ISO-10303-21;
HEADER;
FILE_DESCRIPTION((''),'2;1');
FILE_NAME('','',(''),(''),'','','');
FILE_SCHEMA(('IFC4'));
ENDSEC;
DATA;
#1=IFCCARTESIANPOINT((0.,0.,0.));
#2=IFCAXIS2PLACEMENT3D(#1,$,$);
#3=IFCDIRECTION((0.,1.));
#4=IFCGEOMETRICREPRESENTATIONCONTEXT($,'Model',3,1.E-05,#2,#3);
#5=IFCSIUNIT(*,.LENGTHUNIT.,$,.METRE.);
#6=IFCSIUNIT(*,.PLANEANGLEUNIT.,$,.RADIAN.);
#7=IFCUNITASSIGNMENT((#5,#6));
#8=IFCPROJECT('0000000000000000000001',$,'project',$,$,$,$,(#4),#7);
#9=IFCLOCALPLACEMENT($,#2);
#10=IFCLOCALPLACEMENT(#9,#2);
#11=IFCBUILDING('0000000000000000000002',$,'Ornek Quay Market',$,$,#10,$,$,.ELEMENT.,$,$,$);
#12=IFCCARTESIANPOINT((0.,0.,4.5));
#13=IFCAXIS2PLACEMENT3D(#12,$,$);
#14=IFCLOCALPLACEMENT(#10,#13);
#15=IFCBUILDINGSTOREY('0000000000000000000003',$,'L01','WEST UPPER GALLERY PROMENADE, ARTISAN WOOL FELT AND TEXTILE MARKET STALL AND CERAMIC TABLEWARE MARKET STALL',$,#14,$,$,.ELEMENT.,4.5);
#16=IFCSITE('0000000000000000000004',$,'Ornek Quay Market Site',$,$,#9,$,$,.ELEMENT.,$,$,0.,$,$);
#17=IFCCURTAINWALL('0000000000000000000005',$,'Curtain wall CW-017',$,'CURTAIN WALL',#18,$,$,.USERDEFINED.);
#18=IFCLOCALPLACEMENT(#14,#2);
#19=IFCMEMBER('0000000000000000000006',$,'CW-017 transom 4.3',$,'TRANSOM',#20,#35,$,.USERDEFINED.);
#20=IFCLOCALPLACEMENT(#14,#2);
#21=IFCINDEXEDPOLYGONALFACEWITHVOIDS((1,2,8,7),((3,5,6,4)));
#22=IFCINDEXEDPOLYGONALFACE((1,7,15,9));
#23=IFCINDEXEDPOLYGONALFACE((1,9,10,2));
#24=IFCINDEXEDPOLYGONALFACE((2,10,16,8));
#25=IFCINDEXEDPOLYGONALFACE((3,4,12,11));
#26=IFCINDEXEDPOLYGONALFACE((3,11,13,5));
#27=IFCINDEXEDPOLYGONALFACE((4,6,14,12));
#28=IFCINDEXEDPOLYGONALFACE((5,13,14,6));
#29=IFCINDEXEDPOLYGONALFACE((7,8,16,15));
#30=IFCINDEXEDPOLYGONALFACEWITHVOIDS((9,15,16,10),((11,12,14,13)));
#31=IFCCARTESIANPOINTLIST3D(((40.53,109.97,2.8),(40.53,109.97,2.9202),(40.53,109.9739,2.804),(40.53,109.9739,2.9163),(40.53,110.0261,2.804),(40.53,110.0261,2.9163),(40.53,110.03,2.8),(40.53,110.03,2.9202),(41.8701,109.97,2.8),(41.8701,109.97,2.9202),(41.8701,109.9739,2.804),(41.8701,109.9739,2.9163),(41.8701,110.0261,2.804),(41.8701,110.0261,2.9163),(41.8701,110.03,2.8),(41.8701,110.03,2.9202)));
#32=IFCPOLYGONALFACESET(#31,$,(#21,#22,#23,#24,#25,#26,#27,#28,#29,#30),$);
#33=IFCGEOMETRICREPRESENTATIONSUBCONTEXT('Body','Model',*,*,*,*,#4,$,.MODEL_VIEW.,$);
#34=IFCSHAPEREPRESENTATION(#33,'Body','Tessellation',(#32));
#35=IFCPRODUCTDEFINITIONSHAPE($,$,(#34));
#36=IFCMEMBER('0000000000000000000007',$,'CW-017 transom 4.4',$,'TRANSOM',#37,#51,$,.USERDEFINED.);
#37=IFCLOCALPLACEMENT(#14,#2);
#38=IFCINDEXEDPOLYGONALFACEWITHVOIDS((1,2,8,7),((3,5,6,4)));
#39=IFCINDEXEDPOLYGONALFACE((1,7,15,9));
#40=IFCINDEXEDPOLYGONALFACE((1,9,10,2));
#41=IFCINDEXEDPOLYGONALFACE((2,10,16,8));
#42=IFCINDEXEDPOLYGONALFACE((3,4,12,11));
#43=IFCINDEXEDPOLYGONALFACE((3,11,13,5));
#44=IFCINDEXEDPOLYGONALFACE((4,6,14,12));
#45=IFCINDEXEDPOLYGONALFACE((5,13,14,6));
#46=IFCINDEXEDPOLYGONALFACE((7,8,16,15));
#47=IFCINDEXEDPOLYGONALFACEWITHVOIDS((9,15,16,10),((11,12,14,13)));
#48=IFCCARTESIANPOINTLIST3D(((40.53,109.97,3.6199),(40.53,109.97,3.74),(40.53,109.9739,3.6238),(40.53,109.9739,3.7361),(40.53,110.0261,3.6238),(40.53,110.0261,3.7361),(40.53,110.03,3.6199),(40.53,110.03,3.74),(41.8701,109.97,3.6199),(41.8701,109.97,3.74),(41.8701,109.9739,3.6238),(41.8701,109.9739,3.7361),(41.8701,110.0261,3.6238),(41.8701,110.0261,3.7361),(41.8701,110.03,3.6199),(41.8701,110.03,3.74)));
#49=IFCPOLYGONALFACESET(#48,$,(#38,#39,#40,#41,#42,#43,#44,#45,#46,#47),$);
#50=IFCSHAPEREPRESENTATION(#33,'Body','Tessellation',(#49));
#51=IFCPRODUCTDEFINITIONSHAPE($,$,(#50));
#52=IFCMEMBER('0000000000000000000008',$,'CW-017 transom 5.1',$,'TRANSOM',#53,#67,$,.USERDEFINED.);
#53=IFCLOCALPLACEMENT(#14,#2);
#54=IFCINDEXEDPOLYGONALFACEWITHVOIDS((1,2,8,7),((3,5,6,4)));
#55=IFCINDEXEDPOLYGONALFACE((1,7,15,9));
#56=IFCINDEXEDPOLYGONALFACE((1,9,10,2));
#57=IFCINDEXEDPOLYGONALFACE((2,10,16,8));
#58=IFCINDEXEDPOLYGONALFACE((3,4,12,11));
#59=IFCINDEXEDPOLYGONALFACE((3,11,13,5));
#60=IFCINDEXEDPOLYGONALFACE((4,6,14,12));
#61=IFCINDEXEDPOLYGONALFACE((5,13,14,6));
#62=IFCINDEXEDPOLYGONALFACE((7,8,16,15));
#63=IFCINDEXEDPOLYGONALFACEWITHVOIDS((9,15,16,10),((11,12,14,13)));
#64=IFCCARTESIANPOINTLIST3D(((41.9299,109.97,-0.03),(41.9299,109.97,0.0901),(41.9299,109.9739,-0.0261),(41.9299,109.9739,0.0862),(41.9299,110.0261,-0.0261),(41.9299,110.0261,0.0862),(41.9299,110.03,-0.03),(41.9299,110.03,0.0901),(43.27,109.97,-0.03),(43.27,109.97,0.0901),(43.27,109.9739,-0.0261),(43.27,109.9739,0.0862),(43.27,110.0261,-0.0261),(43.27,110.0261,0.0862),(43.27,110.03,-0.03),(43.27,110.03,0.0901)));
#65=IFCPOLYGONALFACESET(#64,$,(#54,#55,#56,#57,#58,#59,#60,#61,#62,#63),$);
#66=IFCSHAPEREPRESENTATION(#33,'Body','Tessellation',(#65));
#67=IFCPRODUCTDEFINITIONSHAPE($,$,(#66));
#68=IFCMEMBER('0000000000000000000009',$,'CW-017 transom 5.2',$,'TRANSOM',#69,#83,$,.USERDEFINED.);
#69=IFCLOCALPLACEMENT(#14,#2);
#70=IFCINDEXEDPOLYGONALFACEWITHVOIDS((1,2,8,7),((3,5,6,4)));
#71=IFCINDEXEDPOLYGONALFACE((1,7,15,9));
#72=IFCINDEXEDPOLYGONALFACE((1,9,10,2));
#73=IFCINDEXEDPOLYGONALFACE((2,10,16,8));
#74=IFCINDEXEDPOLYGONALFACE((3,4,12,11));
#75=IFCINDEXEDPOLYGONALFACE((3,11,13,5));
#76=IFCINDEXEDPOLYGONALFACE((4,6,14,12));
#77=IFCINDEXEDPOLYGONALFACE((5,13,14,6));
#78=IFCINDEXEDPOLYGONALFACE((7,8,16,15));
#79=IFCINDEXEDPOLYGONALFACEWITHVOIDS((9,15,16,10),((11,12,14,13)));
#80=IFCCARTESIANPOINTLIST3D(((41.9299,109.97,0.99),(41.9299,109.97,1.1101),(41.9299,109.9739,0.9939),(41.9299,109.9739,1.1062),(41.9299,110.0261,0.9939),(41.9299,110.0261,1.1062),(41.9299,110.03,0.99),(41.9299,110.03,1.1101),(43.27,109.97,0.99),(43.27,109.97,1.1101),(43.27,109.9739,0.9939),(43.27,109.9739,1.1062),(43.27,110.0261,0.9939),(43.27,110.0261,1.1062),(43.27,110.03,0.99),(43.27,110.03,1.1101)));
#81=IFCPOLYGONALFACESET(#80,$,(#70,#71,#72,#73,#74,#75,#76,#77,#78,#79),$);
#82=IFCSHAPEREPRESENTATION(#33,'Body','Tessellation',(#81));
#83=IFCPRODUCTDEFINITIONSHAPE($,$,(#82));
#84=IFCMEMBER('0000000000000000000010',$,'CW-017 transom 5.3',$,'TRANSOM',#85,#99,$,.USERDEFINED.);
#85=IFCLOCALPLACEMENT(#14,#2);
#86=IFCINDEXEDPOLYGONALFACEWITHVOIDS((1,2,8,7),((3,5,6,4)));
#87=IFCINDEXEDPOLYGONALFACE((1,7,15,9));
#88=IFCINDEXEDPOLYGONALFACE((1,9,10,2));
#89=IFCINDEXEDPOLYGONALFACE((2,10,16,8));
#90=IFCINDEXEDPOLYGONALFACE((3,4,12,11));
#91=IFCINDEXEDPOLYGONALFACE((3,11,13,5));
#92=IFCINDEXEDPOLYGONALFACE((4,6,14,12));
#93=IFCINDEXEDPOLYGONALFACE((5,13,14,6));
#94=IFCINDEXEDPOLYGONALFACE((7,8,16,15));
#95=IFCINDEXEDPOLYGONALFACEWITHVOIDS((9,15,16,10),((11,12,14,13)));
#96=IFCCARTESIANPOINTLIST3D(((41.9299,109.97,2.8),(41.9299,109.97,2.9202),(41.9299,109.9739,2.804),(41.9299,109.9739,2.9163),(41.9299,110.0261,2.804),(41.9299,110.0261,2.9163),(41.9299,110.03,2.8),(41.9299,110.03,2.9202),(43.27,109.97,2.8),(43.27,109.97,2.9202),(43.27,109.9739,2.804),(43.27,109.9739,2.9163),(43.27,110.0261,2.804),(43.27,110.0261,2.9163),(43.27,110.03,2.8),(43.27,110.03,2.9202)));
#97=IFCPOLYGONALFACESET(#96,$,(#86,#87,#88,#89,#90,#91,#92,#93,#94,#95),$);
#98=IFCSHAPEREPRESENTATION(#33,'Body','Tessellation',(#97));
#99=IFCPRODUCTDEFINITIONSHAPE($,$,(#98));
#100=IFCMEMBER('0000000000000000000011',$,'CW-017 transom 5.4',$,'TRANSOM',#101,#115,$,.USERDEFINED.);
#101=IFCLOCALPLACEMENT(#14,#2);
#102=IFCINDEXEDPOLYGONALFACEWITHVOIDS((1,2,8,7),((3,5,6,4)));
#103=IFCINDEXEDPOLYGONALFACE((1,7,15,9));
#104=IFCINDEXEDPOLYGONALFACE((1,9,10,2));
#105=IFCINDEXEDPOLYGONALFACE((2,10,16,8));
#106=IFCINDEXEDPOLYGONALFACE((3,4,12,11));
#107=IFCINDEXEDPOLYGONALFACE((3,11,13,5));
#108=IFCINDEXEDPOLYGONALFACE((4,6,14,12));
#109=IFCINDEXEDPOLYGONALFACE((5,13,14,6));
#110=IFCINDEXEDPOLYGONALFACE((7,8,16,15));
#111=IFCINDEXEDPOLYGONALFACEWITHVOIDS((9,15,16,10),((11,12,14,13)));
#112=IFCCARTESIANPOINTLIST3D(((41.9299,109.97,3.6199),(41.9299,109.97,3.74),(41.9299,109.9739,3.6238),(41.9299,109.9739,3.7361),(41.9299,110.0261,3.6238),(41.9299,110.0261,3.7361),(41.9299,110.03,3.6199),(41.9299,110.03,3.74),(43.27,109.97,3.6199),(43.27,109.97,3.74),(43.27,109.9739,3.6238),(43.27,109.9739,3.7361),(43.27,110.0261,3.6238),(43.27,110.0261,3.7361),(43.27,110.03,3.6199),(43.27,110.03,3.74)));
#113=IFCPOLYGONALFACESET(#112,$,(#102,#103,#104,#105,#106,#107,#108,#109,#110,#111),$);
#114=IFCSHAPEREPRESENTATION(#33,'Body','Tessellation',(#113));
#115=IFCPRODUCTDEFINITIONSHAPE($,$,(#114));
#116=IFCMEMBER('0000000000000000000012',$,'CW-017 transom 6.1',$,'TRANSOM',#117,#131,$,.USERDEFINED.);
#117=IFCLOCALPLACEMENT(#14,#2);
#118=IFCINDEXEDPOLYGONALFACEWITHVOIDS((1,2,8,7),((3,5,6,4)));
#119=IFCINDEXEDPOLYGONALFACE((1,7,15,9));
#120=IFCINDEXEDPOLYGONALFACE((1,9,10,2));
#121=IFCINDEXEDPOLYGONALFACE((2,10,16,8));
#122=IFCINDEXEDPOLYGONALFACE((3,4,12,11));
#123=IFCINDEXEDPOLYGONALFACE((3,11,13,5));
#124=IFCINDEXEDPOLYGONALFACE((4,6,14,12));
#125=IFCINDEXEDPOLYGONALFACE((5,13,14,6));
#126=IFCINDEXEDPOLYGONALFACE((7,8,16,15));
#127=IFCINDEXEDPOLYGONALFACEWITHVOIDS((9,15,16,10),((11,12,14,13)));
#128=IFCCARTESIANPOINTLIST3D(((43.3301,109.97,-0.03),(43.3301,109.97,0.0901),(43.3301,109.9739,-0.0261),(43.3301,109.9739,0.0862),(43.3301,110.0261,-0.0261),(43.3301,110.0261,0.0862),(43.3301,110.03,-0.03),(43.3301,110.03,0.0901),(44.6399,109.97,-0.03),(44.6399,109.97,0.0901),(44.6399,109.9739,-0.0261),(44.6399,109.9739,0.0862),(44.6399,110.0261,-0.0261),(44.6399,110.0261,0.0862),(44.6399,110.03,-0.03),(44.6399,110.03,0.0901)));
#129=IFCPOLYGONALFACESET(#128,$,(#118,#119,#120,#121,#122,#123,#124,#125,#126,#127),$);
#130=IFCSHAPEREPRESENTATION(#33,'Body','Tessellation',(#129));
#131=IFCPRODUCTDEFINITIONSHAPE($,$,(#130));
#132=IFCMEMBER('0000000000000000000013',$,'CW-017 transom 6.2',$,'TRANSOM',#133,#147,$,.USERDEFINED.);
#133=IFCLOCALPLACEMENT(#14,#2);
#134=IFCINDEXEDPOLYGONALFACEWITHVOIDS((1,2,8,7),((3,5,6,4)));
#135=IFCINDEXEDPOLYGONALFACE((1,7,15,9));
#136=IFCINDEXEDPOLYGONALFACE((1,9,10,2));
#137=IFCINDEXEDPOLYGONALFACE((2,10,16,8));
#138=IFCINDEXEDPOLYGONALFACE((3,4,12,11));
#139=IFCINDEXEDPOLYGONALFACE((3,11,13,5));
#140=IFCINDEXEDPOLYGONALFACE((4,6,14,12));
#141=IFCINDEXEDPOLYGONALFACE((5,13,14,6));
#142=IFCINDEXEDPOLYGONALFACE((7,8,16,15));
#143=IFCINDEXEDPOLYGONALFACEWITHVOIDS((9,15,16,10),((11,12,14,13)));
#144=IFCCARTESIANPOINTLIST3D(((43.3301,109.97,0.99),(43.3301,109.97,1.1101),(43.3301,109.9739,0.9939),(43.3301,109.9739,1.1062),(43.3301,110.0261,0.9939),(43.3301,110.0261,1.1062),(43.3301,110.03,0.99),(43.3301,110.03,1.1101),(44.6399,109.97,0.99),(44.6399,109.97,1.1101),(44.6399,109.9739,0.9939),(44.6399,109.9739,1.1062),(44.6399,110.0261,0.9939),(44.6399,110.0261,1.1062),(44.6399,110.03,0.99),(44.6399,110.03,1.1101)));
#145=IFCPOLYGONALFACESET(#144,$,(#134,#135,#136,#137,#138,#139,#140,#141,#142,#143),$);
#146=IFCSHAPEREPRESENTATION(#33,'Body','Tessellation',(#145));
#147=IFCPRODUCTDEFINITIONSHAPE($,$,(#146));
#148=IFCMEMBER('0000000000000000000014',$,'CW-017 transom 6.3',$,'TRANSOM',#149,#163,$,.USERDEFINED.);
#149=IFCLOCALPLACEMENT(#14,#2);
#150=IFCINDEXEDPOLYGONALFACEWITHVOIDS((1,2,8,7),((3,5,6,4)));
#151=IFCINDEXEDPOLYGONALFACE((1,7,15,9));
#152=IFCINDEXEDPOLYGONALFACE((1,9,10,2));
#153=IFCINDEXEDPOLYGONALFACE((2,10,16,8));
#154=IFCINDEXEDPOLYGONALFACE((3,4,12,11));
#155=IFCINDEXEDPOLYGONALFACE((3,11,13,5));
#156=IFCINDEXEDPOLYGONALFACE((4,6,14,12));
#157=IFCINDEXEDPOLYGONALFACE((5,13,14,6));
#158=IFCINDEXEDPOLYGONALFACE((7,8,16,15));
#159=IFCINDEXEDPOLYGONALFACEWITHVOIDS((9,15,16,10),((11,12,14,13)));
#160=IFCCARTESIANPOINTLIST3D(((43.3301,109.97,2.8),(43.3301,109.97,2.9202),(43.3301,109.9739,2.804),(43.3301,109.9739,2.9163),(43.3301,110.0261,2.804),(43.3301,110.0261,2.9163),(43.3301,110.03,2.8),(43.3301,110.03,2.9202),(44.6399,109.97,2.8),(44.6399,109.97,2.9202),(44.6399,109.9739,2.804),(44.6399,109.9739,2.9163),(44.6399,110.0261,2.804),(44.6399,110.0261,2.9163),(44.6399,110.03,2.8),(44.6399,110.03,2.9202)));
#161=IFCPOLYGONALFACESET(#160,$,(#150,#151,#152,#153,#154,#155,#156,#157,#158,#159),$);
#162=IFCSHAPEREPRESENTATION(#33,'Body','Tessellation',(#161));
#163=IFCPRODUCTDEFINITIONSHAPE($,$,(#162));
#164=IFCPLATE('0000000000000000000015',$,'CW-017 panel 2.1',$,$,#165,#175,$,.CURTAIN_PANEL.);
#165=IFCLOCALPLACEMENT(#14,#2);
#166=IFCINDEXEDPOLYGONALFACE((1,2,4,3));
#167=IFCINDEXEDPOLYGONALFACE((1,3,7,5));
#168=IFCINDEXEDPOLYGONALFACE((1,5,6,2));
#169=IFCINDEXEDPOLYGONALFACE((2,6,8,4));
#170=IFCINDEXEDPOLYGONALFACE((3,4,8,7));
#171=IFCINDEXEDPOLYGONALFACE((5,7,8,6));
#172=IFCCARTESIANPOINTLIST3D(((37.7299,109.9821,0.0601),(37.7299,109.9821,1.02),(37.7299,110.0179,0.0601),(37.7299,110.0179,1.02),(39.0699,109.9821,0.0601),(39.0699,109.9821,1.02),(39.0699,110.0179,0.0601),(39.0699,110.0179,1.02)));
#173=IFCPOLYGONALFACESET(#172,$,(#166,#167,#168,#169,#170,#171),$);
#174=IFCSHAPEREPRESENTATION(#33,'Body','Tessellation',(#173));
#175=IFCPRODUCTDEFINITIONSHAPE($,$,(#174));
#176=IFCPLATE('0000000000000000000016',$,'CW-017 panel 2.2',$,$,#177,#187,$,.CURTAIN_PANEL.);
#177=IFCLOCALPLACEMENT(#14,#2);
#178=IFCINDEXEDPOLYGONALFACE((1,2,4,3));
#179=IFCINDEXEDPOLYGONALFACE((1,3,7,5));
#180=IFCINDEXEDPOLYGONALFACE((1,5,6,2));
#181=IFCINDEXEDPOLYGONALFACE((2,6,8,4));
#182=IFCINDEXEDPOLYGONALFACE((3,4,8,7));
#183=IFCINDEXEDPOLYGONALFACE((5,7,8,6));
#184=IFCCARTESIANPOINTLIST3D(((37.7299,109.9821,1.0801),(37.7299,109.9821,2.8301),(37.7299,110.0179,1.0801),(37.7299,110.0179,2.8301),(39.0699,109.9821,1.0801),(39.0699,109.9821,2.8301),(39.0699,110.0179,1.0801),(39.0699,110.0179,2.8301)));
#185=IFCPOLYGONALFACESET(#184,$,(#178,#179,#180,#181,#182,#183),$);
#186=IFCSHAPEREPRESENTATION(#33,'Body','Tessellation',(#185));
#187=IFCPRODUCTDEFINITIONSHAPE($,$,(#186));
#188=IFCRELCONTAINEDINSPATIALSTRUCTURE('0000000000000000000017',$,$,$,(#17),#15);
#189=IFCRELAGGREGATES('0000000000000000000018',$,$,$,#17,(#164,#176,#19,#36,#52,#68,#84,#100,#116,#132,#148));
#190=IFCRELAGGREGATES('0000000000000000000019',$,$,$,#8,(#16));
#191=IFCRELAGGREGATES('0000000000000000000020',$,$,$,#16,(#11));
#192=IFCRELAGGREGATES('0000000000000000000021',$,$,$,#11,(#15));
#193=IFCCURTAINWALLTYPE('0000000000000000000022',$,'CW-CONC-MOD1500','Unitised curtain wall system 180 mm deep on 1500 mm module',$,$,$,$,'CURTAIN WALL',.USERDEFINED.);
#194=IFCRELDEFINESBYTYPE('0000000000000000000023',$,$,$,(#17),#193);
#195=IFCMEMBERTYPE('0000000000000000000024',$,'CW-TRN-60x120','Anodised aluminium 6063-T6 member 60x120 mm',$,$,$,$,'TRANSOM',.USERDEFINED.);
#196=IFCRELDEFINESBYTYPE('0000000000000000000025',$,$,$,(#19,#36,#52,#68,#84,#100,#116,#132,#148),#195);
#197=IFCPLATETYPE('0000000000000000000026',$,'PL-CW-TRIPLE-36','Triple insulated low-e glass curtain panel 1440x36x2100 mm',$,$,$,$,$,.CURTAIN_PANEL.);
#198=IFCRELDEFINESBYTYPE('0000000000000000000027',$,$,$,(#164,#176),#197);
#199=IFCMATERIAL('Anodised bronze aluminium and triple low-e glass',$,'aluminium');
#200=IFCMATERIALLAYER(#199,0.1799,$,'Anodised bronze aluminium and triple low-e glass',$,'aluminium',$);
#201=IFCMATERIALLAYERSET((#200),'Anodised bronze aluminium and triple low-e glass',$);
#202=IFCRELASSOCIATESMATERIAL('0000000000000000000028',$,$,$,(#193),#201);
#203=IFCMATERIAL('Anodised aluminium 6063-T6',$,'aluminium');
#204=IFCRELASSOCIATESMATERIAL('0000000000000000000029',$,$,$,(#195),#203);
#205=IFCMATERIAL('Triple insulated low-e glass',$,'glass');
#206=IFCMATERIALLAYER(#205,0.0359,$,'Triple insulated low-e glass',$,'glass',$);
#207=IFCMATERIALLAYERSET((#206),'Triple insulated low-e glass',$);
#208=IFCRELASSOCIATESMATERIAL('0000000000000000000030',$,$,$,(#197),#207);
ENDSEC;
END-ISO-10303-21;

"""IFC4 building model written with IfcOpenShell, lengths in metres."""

from ifc_helpers import new_model, si_unit, direction, frame, origin, origin_2d, place, context, subcontext, project, spatial, rectangle, hollow_rectangle, extrude, material, layer, layer_set, material_profile, profile_set, type_object, element, aggregate, save


model = new_model("IFC4")

# Units and contexts
model_context = context("Model", 3, precision=1e-05, world=origin(), true_north=direction((0.0, 1.0)))
body_context = subcontext(model_context, "Body", "Model", "MODEL_VIEW")
ifc_project = project(units=[si_unit("LENGTHUNIT", "METRE"), si_unit("PLANEANGLEUNIT", "RADIAN")], contexts=[model_context])

# Site, building, storey
site_placement = place(None, origin())
site = spatial("IfcSite", under=ifc_project, at=site_placement, Name="Ornek Quay Market Site", CompositionType="ELEMENT", RefElevation=0.0)
building_placement = place(site_placement, origin())
building = spatial("IfcBuilding", under=site, at=building_placement, Name="Ornek Quay Market", CompositionType="ELEMENT")
storey_placement = place(building_placement, frame((0.0, 0.0, 4.5)))
storey = spatial("IfcBuildingStorey", under=building, at=storey_placement, Name="L01", Description="WEST UPPER GALLERY PROMENADE, ARTISAN WOOL FELT AND TEXTILE MARKET STALL AND CERAMIC TABLEWARE MARKET STALL", CompositionType="ELEMENT", Elevation=4.5)

# Curtain wall, members, plates
ifc_material_1 = material(Name="Anodised bronze aluminium and triple low-e glass", Category="aluminium")
ifc_layer_1 = layer(ifc_material_1, 0.1799, Name="Anodised bronze aluminium and triple low-e glass", Category="aluminium")
ifc_layer_set_1 = layer_set([ifc_layer_1], Name="Anodised bronze aluminium and triple low-e glass")
curtain_wall_type = type_object("IfcCurtainWallType", Name="CW-CONC-MOD1500", Description="Unitised curtain wall system 180 mm deep on 1500 mm module", ElementType="CURTAIN WALL", PredefinedType="USERDEFINED", material=ifc_layer_set_1)
curtain_wall_placement = place(storey_placement, origin())
curtain_wall = element("IfcCurtainWall", 1, at=curtain_wall_placement, inside=storey, type_object=curtain_wall_type, Name="Curtain wall CW-017", ObjectType="CURTAIN WALL", PredefinedType="USERDEFINED")
ifc_material_2 = material(Name="Anodised aluminium 6063-T6", Category="aluminium")
ifc_material_profile_1 = material_profile(ifc_material_2, hollow_rectangle(XDim=0.0601, YDim=0.1201, WallThickness=0.0039, at=origin_2d()), Name="CW-TRN-60x120", Category="aluminium")
ifc_profile_set_1 = profile_set([ifc_material_profile_1], Name="Anodised aluminium 6063-T6")
member_type_1 = type_object("IfcMemberType", Name="CW-TRN-60x120", Description="Anodised aluminium 6063-T6 member 60x120 mm", ElementType="TRANSOM", PredefinedType="USERDEFINED", material=ifc_profile_set_1)
member_1_placement = place(storey_placement, frame((40.53, 110.0, 2.8601), z_axis=(1.0, 0.0, 0.0), x_axis=(0.0, 1.0, 0.0)))
member_1 = element("IfcMember", 2, at=member_1_placement, type_object=member_type_1, Name="CW-017 transom 4.3", ObjectType="TRANSOM", PredefinedType="USERDEFINED", context=body_context, shape_type="SweptSolid", body=[
    extrude(hollow_rectangle(XDim=0.0601, YDim=0.1201, WallThickness=0.0039, at=origin_2d()), origin(), (0.0, 0.0, 1.0), 1.3401),
])
member_2_placement = place(storey_placement, frame((40.53, 110.0, 3.6799), z_axis=(1.0, 0.0, 0.0), x_axis=(0.0, 1.0, 0.0)))
member_2 = element("IfcMember", 3, at=member_2_placement, type_object=member_type_1, Name="CW-017 transom 4.4", ObjectType="TRANSOM", PredefinedType="USERDEFINED", context=body_context, shape_type="SweptSolid", body=[
    extrude(hollow_rectangle(XDim=0.0601, YDim=0.1201, WallThickness=0.0039, at=origin_2d()), origin(), (0.0, 0.0, 1.0), 1.3401),
])
member_3_placement = place(storey_placement, frame((41.9299, 110.0, 0.03), z_axis=(1.0, 0.0, 0.0), x_axis=(0.0, 1.0, 0.0)))
member_3 = element("IfcMember", 4, at=member_3_placement, type_object=member_type_1, Name="CW-017 transom 5.1", ObjectType="TRANSOM", PredefinedType="USERDEFINED", context=body_context, shape_type="SweptSolid", body=[
    extrude(hollow_rectangle(XDim=0.0601, YDim=0.1201, WallThickness=0.0039, at=origin_2d()), origin(), (0.0, 0.0, 1.0), 1.3401),
])
member_4_placement = place(storey_placement, frame((41.9299, 110.0, 1.05), z_axis=(1.0, 0.0, 0.0), x_axis=(0.0, 1.0, 0.0)))
member_4 = element("IfcMember", 5, at=member_4_placement, type_object=member_type_1, Name="CW-017 transom 5.2", ObjectType="TRANSOM", PredefinedType="USERDEFINED", context=body_context, shape_type="SweptSolid", body=[
    extrude(hollow_rectangle(XDim=0.0601, YDim=0.1201, WallThickness=0.0039, at=origin_2d()), origin(), (0.0, 0.0, 1.0), 1.3401),
])
member_5_placement = place(storey_placement, frame((41.9299, 110.0, 2.8601), z_axis=(1.0, 0.0, 0.0), x_axis=(0.0, 1.0, 0.0)))
member_5 = element("IfcMember", 6, at=member_5_placement, type_object=member_type_1, Name="CW-017 transom 5.3", ObjectType="TRANSOM", PredefinedType="USERDEFINED", context=body_context, shape_type="SweptSolid", body=[
    extrude(hollow_rectangle(XDim=0.0601, YDim=0.1201, WallThickness=0.0039, at=origin_2d()), origin(), (0.0, 0.0, 1.0), 1.3401),
])
member_6_placement = place(storey_placement, frame((41.9299, 110.0, 3.6799), z_axis=(1.0, 0.0, 0.0), x_axis=(0.0, 1.0, 0.0)))
member_6 = element("IfcMember", 7, at=member_6_placement, type_object=member_type_1, Name="CW-017 transom 5.4", ObjectType="TRANSOM", PredefinedType="USERDEFINED", context=body_context, shape_type="SweptSolid", body=[
    extrude(hollow_rectangle(XDim=0.0601, YDim=0.1201, WallThickness=0.0039, at=origin_2d()), origin(), (0.0, 0.0, 1.0), 1.3401),
])
member_7_placement = place(storey_placement, frame((43.3301, 110.0, 0.03), z_axis=(1.0, 0.0, 0.0), x_axis=(0.0, 1.0, 0.0)))
member_7 = element("IfcMember", 8, at=member_7_placement, type_object=member_type_1, Name="CW-017 transom 6.1", ObjectType="TRANSOM", PredefinedType="USERDEFINED", context=body_context, shape_type="SweptSolid", body=[
    extrude(hollow_rectangle(XDim=0.0601, YDim=0.1201, WallThickness=0.0039, at=origin_2d()), origin(), (0.0, 0.0, 1.0), 1.3098),
])
member_8_placement = place(storey_placement, frame((43.3301, 110.0, 1.05), z_axis=(1.0, 0.0, 0.0), x_axis=(0.0, 1.0, 0.0)))
member_8 = element("IfcMember", 9, at=member_8_placement, type_object=member_type_1, Name="CW-017 transom 6.2", ObjectType="TRANSOM", PredefinedType="USERDEFINED", context=body_context, shape_type="SweptSolid", body=[
    extrude(hollow_rectangle(XDim=0.0601, YDim=0.1201, WallThickness=0.0039, at=origin_2d()), origin(), (0.0, 0.0, 1.0), 1.3098),
])
member_9_placement = place(storey_placement, frame((43.3301, 110.0, 2.8601), z_axis=(1.0, 0.0, 0.0), x_axis=(0.0, 1.0, 0.0)))
member_9 = element("IfcMember", 10, at=member_9_placement, type_object=member_type_1, Name="CW-017 transom 6.3", ObjectType="TRANSOM", PredefinedType="USERDEFINED", context=body_context, shape_type="SweptSolid", body=[
    extrude(hollow_rectangle(XDim=0.0601, YDim=0.1201, WallThickness=0.0039, at=origin_2d()), origin(), (0.0, 0.0, 1.0), 1.3098),
])
ifc_material_3 = material(Name="Triple insulated low-e glass", Category="glass")
ifc_layer_2 = layer(ifc_material_3, 0.0359, Name="Triple insulated low-e glass", Category="glass")
ifc_layer_set_2 = layer_set([ifc_layer_2], Name="Triple insulated low-e glass")
plate_type = type_object("IfcPlateType", Name="PL-CW-TRIPLE-36", Description="Triple insulated low-e glass curtain panel 1440x36x2100 mm", PredefinedType="CURTAIN_PANEL", material=ifc_layer_set_2)
plate_1_placement = place(storey_placement, frame((38.3999, 110.0, 0.0601), z_axis=(0.0, 0.0, 1.0), x_axis=(1.0, 0.0, 0.0)))
plate_1 = element("IfcPlate", 11, at=plate_1_placement, type_object=plate_type, Name="CW-017 panel 2.1", PredefinedType="CURTAIN_PANEL", context=body_context, shape_type="SweptSolid", body=[
    extrude(rectangle(XDim=1.3401, YDim=0.0359, at=origin_2d()), origin(), (0.0, 0.0, 1.0), 0.96),
])
plate_2_placement = place(storey_placement, frame((38.3999, 110.0, 1.0801), z_axis=(0.0, 0.0, 1.0), x_axis=(1.0, 0.0, 0.0)))
plate_2 = element("IfcPlate", 12, at=plate_2_placement, type_object=plate_type, Name="CW-017 panel 2.2", PredefinedType="CURTAIN_PANEL", context=body_context, shape_type="SweptSolid", body=[
    extrude(rectangle(XDim=1.3401, YDim=0.0359, at=origin_2d()), origin(), (0.0, 0.0, 1.0), 1.75),
])
aggregate(curtain_wall, [plate_1, plate_2, member_1, member_2, member_3, member_4, member_5, member_6, member_7, member_8, member_9])

save(model, "model.ifc")
